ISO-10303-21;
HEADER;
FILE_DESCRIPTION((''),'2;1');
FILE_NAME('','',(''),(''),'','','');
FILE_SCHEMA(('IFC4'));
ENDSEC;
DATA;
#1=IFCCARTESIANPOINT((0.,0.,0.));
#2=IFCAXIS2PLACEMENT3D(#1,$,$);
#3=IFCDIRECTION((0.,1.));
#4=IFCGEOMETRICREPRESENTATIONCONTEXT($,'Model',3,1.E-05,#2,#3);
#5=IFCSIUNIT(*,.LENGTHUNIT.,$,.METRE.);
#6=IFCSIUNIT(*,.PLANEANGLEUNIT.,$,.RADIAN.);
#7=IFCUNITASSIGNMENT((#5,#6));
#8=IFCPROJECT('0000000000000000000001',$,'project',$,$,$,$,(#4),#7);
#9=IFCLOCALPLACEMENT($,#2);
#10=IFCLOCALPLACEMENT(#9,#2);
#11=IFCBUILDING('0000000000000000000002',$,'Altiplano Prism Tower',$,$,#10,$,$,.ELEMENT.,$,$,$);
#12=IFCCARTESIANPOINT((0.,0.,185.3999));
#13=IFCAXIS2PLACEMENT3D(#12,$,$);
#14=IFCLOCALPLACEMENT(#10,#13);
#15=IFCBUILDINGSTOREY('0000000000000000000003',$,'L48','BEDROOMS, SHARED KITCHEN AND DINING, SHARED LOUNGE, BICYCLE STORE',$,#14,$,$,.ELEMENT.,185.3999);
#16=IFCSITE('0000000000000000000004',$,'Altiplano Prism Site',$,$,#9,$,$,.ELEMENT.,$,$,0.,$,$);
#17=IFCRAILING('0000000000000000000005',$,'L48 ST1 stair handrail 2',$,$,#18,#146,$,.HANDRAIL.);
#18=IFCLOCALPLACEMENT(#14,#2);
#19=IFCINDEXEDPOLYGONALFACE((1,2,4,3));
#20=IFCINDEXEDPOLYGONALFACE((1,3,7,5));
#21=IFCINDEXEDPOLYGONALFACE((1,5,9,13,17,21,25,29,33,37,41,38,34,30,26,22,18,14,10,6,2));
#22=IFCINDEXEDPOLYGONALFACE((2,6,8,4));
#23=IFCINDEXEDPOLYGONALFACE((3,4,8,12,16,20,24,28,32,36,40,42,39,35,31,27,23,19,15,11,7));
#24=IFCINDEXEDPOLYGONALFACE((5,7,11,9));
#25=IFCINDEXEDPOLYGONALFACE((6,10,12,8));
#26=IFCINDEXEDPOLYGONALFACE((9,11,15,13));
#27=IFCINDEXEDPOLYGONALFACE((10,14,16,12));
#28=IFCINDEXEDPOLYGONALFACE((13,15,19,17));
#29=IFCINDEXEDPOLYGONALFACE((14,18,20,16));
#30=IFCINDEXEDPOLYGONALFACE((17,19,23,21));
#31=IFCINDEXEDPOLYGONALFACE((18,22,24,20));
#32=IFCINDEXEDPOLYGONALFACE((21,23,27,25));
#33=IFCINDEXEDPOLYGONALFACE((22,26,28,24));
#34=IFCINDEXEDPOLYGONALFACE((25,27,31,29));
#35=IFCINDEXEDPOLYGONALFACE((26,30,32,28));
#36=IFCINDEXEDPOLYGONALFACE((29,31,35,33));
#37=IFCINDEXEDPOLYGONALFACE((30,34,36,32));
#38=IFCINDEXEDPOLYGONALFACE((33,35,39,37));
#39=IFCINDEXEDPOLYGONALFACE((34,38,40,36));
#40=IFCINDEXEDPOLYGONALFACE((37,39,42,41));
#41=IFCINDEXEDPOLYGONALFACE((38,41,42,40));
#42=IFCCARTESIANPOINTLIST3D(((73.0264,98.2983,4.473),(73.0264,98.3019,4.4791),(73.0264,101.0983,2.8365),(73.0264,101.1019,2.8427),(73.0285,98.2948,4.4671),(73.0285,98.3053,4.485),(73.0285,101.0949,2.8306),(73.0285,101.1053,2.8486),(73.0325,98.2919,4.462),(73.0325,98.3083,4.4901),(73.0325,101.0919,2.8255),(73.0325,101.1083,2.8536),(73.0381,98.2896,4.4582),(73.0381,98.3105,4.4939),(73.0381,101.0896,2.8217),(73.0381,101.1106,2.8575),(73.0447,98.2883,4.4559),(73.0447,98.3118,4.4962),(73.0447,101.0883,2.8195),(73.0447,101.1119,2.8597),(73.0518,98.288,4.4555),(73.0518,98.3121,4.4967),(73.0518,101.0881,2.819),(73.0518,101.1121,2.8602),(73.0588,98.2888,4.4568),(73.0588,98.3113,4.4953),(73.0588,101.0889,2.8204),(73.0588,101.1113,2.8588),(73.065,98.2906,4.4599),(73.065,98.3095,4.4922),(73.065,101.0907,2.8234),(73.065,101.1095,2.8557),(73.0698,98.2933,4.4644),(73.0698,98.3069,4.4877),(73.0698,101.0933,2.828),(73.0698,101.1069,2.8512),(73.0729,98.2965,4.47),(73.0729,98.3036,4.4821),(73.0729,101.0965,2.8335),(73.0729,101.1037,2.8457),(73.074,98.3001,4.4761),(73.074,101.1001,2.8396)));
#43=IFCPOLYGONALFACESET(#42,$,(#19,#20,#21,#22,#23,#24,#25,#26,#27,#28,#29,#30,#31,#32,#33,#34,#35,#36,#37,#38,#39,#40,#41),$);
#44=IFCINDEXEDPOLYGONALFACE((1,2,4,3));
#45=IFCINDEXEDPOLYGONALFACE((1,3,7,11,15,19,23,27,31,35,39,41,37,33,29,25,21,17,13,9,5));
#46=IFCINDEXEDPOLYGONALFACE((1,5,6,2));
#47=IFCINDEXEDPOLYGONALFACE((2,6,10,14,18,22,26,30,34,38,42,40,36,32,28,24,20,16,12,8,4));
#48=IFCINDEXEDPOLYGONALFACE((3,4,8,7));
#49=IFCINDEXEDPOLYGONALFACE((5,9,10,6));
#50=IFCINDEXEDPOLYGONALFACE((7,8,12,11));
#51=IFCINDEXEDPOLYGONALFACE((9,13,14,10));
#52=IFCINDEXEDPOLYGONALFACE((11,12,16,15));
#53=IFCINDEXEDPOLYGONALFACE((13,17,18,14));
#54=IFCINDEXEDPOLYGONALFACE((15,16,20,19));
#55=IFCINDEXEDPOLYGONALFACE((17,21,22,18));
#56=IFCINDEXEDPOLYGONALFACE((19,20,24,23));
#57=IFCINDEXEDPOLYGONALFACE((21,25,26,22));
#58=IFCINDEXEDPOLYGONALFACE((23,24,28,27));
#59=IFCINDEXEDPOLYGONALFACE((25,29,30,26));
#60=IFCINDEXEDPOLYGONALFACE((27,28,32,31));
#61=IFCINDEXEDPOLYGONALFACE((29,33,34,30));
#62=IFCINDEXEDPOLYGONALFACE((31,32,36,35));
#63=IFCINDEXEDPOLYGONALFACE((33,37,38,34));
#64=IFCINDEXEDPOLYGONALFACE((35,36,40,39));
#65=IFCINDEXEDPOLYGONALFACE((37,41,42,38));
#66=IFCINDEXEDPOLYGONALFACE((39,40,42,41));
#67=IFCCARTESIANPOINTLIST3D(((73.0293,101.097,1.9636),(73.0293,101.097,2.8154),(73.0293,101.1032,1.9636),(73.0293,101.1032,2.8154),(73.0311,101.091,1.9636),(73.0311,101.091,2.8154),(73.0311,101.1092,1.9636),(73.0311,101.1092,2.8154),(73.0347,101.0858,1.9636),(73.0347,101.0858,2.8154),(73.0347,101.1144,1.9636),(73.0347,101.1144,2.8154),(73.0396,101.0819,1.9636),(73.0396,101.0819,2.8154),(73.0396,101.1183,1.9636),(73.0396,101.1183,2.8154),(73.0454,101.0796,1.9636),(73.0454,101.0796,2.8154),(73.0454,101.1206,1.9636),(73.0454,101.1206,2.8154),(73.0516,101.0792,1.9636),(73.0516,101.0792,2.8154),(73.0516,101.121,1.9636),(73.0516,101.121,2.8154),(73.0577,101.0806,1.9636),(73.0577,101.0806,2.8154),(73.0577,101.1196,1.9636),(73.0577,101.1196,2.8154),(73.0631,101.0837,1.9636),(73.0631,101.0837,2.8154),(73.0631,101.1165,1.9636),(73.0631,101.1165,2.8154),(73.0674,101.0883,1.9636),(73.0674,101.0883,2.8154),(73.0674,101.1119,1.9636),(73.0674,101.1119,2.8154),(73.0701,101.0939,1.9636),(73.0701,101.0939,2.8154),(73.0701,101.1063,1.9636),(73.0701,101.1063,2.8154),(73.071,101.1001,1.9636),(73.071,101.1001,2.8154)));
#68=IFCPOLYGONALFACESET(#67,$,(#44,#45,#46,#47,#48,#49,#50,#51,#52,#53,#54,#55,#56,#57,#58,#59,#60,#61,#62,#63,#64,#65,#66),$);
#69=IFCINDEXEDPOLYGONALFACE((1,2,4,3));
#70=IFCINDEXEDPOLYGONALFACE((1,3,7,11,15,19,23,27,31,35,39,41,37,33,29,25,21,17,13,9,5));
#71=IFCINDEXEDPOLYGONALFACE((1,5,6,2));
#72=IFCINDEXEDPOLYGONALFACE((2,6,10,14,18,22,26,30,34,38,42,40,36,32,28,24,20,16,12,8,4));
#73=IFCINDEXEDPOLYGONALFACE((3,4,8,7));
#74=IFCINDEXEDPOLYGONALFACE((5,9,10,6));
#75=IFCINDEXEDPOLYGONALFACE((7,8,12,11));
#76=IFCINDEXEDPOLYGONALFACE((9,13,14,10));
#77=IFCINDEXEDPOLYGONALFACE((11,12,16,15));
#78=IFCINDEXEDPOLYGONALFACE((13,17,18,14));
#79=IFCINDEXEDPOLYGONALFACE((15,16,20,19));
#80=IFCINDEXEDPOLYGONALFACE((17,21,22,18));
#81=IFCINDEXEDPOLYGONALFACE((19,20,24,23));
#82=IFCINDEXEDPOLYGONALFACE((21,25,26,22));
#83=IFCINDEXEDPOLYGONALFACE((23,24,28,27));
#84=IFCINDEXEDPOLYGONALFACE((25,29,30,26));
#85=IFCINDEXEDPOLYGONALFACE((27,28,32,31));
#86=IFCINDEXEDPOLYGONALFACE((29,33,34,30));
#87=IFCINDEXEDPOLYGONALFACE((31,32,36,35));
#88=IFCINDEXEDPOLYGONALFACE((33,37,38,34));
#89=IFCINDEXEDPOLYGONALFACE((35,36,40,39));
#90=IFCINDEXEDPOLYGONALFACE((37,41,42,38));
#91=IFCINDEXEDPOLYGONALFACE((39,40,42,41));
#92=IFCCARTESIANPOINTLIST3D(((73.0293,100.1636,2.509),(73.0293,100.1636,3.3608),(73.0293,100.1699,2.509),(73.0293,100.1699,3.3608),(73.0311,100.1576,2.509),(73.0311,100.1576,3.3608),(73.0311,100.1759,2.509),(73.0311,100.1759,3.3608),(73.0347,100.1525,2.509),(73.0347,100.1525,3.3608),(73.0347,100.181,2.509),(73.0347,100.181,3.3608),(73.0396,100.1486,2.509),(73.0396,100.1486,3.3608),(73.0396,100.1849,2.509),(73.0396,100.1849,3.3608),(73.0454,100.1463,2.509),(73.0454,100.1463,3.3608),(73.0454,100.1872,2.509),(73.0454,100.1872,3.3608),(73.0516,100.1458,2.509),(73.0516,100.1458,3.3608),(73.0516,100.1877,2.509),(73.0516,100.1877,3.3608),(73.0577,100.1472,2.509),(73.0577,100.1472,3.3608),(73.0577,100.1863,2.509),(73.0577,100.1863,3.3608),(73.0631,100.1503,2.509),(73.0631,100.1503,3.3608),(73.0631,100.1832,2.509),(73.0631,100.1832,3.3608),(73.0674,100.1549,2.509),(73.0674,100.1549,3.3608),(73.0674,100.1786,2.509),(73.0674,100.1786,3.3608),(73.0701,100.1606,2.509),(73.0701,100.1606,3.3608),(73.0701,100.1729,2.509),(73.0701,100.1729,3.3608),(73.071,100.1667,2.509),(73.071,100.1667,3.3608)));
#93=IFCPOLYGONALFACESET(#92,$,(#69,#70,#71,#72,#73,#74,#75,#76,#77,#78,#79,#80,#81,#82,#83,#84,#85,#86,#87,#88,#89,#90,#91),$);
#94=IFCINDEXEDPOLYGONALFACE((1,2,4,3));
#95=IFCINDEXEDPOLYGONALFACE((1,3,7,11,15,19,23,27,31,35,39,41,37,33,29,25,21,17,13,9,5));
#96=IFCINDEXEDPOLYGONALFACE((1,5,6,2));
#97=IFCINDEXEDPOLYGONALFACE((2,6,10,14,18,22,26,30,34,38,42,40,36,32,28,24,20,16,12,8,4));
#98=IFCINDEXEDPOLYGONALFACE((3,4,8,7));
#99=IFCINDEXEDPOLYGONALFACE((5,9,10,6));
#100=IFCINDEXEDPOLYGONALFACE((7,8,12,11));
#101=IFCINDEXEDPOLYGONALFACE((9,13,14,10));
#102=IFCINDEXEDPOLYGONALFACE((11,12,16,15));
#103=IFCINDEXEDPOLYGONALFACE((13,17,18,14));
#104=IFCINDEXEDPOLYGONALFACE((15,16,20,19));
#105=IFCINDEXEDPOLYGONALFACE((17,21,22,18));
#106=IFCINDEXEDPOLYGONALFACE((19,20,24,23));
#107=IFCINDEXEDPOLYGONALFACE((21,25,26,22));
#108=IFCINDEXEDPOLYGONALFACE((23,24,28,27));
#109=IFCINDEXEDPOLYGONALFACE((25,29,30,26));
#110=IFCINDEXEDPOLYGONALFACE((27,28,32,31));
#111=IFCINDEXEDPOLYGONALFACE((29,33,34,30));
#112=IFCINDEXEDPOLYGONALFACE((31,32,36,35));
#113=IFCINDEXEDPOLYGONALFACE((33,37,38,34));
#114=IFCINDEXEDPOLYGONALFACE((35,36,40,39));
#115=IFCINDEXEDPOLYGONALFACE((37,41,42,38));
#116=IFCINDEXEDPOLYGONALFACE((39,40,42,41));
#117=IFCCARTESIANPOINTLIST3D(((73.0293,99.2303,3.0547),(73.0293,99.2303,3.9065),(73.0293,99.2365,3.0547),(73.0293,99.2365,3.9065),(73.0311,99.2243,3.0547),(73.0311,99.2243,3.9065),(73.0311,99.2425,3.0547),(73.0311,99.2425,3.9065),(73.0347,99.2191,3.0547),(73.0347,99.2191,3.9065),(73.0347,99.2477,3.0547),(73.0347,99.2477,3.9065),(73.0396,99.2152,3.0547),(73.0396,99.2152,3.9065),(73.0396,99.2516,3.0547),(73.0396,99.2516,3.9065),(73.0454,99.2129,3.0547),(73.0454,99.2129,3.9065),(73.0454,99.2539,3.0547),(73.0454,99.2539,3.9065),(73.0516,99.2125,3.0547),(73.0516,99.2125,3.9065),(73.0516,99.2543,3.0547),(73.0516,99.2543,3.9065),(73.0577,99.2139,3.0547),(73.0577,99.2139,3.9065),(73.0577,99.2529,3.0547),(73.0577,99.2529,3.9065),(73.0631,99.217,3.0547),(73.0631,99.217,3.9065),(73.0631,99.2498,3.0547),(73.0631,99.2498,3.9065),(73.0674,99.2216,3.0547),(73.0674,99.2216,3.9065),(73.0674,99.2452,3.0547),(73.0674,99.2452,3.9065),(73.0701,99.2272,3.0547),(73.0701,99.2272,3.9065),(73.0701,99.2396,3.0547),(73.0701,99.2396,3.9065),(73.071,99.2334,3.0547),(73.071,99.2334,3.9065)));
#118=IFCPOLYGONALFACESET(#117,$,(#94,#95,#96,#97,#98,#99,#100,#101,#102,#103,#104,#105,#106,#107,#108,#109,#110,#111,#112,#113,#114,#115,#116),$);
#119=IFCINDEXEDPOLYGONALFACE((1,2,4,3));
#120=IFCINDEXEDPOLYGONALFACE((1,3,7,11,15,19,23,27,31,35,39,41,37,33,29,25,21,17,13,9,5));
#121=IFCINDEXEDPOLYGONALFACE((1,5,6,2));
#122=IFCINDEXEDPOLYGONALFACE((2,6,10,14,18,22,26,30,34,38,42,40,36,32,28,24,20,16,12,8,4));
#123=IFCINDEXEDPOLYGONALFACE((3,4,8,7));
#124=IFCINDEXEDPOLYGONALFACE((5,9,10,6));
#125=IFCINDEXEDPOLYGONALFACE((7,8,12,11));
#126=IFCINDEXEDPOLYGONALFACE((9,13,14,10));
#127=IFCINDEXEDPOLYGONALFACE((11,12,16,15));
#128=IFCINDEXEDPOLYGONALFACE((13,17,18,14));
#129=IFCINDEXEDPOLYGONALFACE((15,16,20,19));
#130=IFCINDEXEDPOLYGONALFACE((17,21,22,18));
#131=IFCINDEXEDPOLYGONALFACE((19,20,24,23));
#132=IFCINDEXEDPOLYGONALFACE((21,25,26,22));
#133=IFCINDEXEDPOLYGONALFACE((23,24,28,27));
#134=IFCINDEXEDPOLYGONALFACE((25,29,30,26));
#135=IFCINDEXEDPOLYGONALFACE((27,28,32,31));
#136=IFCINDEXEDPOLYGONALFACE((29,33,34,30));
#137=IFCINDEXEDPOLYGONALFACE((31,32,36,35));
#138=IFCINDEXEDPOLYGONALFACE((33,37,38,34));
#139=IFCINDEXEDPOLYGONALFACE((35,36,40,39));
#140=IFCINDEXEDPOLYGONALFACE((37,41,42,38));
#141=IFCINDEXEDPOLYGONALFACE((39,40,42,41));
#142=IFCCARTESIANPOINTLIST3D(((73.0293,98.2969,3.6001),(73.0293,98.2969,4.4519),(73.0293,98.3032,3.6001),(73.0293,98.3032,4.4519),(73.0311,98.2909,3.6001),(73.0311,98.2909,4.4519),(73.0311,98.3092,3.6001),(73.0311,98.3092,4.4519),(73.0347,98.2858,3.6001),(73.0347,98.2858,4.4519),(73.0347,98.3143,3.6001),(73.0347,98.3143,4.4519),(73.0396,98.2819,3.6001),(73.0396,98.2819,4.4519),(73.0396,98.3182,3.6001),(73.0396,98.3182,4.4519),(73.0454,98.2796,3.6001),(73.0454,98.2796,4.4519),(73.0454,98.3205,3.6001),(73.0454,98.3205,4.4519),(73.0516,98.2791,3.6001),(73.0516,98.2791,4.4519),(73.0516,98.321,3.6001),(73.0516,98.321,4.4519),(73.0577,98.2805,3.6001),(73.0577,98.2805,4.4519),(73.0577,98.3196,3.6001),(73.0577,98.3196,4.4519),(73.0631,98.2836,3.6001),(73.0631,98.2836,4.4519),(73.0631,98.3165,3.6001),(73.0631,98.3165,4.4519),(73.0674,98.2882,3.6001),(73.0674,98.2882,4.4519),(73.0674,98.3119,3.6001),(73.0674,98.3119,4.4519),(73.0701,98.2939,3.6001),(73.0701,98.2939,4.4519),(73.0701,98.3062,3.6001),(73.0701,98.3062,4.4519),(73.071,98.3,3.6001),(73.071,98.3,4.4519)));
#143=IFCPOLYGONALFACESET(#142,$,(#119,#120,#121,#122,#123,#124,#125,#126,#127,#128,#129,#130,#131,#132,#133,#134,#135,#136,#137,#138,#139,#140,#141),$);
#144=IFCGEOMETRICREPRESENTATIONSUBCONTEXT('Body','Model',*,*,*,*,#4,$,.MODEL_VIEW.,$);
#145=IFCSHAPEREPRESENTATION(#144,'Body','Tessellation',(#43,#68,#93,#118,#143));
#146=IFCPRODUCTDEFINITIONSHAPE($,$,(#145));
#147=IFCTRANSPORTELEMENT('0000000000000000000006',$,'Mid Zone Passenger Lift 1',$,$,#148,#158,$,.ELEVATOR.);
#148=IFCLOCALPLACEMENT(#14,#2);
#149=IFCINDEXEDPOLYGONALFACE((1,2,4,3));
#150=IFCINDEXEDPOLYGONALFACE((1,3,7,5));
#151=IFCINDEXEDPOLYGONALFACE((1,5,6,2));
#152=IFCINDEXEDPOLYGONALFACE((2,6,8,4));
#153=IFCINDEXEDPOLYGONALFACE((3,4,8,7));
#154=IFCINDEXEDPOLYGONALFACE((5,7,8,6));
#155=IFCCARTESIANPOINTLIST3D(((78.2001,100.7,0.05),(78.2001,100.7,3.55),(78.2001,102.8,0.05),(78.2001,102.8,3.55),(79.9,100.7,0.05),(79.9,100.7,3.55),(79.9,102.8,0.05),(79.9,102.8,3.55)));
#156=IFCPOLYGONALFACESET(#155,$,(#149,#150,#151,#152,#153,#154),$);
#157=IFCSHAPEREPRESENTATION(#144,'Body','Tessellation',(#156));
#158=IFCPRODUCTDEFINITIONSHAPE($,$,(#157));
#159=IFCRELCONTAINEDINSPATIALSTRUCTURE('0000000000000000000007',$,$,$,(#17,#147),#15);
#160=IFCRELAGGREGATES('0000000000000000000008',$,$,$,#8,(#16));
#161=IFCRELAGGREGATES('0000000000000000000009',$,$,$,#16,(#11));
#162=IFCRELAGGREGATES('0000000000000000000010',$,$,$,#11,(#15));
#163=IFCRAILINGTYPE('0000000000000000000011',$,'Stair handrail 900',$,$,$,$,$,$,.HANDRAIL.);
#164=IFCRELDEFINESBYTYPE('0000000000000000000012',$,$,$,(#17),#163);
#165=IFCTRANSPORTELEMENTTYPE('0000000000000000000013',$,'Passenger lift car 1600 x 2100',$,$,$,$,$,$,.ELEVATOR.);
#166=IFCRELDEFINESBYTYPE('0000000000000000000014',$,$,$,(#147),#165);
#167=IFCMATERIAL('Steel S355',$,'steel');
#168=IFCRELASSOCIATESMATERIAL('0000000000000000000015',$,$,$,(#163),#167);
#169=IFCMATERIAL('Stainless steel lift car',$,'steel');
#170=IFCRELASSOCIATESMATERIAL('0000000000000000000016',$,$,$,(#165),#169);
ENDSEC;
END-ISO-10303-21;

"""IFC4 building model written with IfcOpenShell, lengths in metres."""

from ifc_helpers import new_model, si_unit, direction, frame, origin, origin_2d, place, context, subcontext, project, spatial, rectangle, circle, extrude, material, type_object, element, save


model = new_model("IFC4")

# Units and contexts
model_context = context("Model", 3, precision=1e-05, world=origin(), true_north=direction((0.0, 1.0)))
body_context = subcontext(model_context, "Body", "Model", "MODEL_VIEW")
ifc_project = project(units=[si_unit("LENGTHUNIT", "METRE"), si_unit("PLANEANGLEUNIT", "RADIAN")], contexts=[model_context])

# Site, building, storey
site_placement = place(None, origin())
site = spatial("IfcSite", under=ifc_project, at=site_placement, Name="Altiplano Prism Site", CompositionType="ELEMENT", RefElevation=0.0)
building_placement = place(site_placement, origin())
building = spatial("IfcBuilding", under=site, at=building_placement, Name="Altiplano Prism Tower", CompositionType="ELEMENT")
storey_placement = place(building_placement, frame((0.0, 0.0, 185.3999)))
storey = spatial("IfcBuildingStorey", under=building, at=storey_placement, Name="L48", Description="BEDROOMS, SHARED KITCHEN AND DINING, SHARED LOUNGE, BICYCLE STORE", CompositionType="ELEMENT", Elevation=185.3999)

# Shared definitions
ifc_material_1 = material(Name="Steel S355", Category="steel")

# Railing
railing_type_1 = type_object("IfcRailingType", Name="Stair handrail 900", PredefinedType="HANDRAIL", material=ifc_material_1)
railing_1_placement = place(storey_placement, frame((73.05, 101.1001, 1.9636)))
element("IfcRailing", 1, at=railing_1_placement, inside=storey, type_object=railing_type_1, Name="L48 ST1 stair handrail 2", PredefinedType="HANDRAIL", context=body_context, shape_type="SweptSolid", body=[
    extrude(circle(Radius=0.0239, at=origin_2d()), frame((0.0, 0.0, 0.876), z_axis=(0.0, -0.863361, 0.504587), x_axis=(1.0, 0.0, 0.0)), (0.0, 0.0, 1.0), 3.2432),
    extrude(circle(Radius=0.021, at=origin_2d()), origin(), (0.0, 0.0, 1.0), 0.8518),
    extrude(circle(Radius=0.021, at=origin_2d()), frame((0.0, -0.9333, 0.5454)), (0.0, 0.0, 1.0), 0.8518),
    extrude(circle(Radius=0.021, at=origin_2d()), frame((0.0, -1.8667, 1.0911)), (0.0, 0.0, 1.0), 0.8518),
    extrude(circle(Radius=0.021, at=origin_2d()), frame((0.0, -2.8, 1.6365)), (0.0, 0.0, 1.0), 0.8518),
])

# Transport element
ifc_material_2 = material(Name="Stainless steel lift car", Category="steel")
transport_element_type = type_object("IfcTransportElementType", Name="Passenger lift car 1600 x 2100", PredefinedType="ELEVATOR", material=ifc_material_2)
transport_element_placement = place(storey_placement, frame((79.05, 101.75, 0.05), z_axis=(0.0, 0.0, 1.0), x_axis=(1.0, 0.0, 0.0)))
element("IfcTransportElement", 2, at=transport_element_placement, inside=storey, type_object=transport_element_type, Name="Mid Zone Passenger Lift 1", PredefinedType="ELEVATOR", context=body_context, shape_type="SweptSolid", body=[
    extrude(rectangle(XDim=1.7, YDim=2.1001, at=origin_2d()), origin(), (0.0, 0.0, 1.0), 3.5),
])

save(model, "model.ifc")
